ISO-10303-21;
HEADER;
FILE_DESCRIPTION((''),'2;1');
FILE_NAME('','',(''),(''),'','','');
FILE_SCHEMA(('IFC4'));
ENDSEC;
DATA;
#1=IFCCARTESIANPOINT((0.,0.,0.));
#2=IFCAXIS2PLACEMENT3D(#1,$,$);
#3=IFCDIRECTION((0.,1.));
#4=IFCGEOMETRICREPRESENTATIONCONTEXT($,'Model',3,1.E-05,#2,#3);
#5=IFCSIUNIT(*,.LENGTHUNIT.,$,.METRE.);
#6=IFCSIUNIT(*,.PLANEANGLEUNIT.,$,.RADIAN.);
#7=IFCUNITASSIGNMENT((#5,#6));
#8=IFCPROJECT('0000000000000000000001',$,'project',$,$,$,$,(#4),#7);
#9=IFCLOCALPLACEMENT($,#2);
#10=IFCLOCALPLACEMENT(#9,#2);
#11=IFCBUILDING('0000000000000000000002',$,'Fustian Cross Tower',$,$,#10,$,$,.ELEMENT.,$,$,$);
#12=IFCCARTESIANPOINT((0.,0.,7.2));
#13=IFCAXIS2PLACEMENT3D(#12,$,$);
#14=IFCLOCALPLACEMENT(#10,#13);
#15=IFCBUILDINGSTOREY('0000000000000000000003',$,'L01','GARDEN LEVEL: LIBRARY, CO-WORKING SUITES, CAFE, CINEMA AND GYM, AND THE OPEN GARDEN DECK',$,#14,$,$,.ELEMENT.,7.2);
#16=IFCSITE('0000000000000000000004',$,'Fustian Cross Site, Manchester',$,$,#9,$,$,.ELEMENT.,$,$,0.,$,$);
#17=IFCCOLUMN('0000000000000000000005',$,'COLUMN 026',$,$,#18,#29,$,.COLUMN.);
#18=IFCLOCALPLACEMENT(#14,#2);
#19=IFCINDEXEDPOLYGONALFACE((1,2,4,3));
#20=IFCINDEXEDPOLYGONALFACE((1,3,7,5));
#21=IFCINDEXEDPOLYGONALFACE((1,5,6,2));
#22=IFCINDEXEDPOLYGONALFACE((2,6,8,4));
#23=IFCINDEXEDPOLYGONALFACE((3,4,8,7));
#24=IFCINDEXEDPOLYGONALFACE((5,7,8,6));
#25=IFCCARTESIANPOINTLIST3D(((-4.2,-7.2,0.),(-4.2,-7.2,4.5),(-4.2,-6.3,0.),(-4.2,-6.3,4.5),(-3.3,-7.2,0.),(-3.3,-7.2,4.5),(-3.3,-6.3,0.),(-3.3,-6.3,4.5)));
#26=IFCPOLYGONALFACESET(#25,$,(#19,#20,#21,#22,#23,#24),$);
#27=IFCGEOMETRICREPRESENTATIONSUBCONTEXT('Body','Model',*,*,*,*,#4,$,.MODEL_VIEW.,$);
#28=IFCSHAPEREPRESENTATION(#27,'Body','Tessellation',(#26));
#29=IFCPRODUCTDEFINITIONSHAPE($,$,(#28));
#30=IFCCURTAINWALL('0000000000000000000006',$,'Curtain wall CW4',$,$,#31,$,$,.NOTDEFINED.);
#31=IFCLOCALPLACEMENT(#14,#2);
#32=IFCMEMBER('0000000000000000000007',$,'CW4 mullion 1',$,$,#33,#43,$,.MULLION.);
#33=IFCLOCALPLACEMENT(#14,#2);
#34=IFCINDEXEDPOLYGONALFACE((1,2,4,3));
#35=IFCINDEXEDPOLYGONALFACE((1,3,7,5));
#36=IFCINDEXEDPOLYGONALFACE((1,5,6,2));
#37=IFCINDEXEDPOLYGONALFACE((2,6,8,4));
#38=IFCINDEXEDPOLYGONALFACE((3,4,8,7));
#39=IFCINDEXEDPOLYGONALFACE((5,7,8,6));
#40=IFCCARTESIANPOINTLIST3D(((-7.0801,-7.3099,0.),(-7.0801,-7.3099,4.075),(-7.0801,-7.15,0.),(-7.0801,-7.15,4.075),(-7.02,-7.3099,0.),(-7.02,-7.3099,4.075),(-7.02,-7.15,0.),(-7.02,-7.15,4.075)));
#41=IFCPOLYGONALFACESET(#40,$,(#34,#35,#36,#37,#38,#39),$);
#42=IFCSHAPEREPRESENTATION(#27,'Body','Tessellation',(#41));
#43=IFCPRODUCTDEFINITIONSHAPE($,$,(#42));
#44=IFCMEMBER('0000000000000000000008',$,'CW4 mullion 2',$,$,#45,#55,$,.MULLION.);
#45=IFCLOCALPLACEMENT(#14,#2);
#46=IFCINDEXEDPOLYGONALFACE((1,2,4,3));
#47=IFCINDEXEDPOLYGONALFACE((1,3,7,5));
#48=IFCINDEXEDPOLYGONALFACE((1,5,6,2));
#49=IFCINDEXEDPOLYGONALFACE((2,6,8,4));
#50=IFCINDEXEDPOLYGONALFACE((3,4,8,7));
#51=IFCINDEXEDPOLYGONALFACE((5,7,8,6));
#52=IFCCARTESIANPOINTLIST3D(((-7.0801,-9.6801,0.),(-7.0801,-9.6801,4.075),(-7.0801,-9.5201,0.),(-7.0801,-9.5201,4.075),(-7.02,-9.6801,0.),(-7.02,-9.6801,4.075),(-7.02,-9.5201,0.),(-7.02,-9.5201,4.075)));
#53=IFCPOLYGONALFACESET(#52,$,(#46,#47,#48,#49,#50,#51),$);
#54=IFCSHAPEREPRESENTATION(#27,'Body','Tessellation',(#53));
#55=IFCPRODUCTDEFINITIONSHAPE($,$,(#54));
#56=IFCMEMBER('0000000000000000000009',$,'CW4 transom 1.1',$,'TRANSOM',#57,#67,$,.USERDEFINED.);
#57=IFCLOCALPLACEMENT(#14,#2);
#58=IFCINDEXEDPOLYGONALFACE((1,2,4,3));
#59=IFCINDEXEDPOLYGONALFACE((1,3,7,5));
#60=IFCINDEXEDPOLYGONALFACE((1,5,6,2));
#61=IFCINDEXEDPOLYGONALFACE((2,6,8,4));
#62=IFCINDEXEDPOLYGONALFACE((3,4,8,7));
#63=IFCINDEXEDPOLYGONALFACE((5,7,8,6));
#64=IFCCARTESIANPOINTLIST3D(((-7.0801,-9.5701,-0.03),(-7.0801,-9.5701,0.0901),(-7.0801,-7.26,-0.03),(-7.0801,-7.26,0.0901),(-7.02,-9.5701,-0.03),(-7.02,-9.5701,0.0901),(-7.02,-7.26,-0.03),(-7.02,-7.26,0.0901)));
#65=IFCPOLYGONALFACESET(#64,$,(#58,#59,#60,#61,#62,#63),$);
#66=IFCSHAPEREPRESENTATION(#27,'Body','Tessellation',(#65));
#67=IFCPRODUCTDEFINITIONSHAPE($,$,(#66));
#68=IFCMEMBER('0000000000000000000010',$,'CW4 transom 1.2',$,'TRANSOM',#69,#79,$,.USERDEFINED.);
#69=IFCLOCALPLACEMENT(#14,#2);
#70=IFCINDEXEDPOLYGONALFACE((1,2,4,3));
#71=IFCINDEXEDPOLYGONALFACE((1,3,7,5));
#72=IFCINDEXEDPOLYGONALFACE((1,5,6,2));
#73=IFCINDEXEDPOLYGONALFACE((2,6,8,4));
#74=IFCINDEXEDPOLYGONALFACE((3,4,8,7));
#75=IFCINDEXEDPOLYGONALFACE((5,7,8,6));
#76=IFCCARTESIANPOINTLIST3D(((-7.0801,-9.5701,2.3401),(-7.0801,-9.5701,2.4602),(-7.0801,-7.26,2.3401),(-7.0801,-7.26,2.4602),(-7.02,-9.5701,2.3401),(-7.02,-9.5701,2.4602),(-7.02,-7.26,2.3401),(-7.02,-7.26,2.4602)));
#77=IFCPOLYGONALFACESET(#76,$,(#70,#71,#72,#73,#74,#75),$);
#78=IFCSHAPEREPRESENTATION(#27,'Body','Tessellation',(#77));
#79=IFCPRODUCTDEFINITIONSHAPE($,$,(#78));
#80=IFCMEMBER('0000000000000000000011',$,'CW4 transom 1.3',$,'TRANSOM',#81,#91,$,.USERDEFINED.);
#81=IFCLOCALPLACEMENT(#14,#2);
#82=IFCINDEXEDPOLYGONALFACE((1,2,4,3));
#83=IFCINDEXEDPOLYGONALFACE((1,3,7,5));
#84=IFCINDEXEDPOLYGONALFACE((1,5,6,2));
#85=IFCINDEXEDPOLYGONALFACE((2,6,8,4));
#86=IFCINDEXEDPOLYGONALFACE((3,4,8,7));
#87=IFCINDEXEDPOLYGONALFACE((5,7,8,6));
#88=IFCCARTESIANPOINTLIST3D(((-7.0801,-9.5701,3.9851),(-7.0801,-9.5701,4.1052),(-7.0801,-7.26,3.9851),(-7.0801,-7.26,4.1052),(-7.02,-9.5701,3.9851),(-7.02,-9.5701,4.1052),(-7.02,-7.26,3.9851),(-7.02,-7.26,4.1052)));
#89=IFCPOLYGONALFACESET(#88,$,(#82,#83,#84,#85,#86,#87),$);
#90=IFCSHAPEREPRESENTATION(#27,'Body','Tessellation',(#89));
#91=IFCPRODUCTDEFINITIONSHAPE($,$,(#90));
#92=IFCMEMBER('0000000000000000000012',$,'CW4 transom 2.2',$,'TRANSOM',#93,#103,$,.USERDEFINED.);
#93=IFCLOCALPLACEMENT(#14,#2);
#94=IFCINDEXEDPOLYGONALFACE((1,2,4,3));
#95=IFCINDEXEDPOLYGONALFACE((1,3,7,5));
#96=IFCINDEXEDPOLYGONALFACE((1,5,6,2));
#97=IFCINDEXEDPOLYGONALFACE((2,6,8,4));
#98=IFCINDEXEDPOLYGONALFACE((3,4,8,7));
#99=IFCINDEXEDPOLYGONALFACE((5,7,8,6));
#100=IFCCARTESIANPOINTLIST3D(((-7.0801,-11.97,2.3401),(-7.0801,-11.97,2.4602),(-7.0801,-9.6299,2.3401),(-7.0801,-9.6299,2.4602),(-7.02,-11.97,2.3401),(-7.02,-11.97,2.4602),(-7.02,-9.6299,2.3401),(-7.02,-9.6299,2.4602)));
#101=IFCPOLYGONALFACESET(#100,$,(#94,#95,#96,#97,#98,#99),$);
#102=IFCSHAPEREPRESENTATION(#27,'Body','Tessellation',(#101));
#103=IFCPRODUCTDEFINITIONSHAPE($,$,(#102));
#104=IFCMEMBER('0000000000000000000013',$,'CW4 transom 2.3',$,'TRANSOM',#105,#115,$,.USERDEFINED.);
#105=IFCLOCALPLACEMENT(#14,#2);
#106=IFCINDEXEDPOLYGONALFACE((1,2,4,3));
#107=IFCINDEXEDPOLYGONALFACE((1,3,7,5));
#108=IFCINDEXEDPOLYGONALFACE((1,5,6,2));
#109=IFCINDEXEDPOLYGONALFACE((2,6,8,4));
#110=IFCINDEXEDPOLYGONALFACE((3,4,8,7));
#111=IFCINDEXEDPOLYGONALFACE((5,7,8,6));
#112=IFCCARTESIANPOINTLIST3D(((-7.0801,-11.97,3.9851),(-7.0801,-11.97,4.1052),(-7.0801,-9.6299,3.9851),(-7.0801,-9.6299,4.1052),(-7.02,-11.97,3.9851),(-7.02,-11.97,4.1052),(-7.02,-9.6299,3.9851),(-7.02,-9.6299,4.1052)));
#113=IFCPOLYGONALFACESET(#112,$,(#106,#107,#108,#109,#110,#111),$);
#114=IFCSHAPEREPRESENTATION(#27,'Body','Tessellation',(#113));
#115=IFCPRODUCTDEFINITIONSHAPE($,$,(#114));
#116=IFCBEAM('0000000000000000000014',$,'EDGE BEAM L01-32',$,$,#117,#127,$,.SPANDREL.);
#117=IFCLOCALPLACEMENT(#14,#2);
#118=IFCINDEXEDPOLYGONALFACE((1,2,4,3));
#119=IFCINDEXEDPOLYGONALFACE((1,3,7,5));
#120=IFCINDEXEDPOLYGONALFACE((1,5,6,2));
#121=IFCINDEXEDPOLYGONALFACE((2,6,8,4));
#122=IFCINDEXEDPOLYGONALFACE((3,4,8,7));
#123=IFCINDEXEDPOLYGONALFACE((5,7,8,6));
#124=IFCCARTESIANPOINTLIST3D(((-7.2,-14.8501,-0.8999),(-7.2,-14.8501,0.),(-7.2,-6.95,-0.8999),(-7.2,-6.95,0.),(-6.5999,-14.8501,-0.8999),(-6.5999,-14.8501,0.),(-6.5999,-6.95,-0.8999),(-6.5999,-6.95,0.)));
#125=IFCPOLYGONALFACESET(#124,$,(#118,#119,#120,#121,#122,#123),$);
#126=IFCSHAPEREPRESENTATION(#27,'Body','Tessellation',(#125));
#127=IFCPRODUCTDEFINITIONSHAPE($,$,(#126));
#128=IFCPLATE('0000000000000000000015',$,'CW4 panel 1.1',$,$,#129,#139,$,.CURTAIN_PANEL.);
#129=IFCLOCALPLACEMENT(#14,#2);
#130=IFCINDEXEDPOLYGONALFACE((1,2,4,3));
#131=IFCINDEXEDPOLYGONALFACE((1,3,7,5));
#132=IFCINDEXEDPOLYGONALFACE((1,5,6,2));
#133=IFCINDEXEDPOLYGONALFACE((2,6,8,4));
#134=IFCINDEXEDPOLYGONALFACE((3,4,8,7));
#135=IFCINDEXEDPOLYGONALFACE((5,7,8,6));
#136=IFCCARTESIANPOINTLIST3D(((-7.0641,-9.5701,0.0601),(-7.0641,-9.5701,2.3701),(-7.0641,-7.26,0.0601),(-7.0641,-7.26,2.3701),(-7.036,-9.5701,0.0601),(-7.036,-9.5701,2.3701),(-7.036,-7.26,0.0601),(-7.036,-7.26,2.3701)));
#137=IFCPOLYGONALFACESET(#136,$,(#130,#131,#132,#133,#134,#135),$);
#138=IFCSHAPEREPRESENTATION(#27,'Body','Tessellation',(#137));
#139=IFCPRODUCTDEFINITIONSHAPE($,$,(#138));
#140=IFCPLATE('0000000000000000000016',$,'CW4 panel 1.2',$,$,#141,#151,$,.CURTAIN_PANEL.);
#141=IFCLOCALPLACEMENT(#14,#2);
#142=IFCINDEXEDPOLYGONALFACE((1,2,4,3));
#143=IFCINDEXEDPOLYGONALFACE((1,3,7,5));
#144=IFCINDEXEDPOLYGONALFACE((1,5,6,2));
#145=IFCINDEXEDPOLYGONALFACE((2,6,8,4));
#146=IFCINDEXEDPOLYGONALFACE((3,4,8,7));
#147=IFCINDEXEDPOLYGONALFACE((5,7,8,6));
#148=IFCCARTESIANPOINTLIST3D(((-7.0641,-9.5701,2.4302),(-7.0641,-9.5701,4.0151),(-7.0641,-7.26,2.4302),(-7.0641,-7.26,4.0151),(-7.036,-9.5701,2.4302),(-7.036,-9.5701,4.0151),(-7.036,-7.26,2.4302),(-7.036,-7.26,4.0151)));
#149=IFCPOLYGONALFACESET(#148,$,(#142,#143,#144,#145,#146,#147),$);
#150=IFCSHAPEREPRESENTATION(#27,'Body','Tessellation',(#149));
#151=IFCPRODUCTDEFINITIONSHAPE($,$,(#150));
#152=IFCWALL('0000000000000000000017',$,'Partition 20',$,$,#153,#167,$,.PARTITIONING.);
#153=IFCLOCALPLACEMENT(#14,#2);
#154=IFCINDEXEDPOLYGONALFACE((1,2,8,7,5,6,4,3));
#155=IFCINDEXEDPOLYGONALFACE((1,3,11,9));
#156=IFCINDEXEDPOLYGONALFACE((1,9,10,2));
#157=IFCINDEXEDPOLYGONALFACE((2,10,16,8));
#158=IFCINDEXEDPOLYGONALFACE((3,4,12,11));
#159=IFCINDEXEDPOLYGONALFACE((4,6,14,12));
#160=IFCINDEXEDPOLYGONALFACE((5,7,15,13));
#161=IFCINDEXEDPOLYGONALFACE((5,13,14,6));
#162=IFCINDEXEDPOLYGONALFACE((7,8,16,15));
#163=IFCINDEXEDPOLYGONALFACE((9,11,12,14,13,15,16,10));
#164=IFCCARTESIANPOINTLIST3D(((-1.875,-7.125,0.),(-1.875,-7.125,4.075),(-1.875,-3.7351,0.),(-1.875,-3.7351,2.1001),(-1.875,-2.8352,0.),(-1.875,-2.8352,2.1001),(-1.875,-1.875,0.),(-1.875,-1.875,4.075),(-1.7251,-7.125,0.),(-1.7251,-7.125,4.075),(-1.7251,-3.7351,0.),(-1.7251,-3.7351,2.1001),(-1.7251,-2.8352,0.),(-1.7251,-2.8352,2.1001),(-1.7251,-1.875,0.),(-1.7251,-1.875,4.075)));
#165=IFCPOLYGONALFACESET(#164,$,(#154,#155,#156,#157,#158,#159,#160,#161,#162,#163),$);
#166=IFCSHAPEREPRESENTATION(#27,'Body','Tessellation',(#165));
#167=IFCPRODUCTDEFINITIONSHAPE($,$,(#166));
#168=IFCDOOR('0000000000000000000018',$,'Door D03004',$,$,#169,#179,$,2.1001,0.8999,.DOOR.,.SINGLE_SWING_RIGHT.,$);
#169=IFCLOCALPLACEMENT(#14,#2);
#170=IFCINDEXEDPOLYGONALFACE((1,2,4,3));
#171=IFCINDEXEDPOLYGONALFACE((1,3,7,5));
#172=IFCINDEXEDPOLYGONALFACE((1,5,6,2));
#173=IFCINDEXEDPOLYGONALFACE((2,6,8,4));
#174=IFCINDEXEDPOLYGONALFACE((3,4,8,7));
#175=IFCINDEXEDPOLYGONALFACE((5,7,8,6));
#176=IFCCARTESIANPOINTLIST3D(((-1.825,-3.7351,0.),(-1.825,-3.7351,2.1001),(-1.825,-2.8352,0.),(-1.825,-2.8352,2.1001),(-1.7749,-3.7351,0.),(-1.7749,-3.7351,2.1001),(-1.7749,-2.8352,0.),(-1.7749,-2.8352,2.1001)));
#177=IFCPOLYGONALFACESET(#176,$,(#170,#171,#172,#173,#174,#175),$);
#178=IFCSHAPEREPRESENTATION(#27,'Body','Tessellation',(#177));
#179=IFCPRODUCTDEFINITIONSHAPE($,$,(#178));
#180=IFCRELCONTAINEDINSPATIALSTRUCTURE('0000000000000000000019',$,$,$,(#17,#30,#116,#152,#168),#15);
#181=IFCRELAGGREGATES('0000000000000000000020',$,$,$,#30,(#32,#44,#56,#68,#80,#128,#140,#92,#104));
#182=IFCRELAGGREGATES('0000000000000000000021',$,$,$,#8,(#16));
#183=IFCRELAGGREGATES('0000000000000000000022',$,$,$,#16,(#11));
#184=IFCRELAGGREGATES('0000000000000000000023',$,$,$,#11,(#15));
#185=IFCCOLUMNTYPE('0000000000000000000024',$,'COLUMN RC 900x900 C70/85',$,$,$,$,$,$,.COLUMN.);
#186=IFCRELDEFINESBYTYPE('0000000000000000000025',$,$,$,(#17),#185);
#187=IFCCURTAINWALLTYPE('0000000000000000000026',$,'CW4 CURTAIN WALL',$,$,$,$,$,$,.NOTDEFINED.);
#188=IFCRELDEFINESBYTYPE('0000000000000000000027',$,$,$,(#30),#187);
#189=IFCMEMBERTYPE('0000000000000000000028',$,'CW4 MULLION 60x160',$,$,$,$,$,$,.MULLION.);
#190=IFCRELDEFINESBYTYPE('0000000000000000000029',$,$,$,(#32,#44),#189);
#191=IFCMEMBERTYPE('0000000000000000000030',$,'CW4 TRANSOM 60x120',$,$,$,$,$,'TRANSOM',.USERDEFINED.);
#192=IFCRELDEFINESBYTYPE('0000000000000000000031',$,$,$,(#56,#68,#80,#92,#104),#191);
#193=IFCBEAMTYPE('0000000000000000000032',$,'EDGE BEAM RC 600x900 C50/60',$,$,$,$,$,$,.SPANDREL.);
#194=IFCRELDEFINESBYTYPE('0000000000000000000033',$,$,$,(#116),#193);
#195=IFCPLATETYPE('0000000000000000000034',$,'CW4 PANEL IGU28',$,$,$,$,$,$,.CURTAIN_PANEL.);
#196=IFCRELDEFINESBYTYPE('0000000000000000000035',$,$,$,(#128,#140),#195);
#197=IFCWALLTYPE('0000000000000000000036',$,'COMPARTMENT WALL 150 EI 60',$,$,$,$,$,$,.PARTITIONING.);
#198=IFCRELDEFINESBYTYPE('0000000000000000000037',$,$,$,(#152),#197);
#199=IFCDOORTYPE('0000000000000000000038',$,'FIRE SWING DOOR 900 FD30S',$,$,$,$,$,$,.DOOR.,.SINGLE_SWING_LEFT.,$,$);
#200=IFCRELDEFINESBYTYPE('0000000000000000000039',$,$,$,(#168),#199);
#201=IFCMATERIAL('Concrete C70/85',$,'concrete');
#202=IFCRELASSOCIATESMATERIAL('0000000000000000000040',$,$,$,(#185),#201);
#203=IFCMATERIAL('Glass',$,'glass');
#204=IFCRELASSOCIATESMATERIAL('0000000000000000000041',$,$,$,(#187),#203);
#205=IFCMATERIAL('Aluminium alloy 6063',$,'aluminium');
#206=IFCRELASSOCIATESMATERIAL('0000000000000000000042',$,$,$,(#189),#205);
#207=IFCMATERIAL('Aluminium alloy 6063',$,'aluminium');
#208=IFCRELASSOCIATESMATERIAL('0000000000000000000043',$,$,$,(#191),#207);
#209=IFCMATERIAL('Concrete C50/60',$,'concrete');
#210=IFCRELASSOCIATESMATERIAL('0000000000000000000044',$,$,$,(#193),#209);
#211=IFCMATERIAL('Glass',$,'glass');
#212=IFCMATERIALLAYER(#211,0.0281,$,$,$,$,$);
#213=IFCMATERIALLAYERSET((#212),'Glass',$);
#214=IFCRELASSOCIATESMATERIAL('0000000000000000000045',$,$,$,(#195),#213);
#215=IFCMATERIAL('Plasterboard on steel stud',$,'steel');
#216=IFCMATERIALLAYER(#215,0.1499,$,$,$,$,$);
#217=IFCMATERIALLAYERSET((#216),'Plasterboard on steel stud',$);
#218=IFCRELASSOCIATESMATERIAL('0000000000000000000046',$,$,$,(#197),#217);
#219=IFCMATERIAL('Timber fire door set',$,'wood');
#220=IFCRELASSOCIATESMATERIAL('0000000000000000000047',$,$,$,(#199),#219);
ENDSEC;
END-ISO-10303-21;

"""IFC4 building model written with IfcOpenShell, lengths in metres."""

from ifc_helpers import new_model, si_unit, direction, frame, frame_2d, origin, origin_2d, place, context, subcontext, project, spatial, rectangle, extrude, material, layer, layer_set, material_profile, profile_set, type_object, element, fill, aggregate, save


model = new_model("IFC4")

# Units and contexts
model_context = context("Model", 3, precision=1e-05, world=origin(), true_north=direction((0.0, 1.0)))
body_context = subcontext(model_context, "Body", "Model", "MODEL_VIEW")
ifc_project = project(units=[si_unit("LENGTHUNIT", "METRE"), si_unit("PLANEANGLEUNIT", "RADIAN")], contexts=[model_context])

# Site, building, storey
site_placement = place(None, origin())
site = spatial("IfcSite", under=ifc_project, at=site_placement, Name="Fustian Cross Site, Manchester", CompositionType="ELEMENT", RefElevation=0.0)
building_placement = place(site_placement, origin())
building = spatial("IfcBuilding", under=site, at=building_placement, Name="Fustian Cross Tower", CompositionType="ELEMENT")
storey_placement = place(building_placement, frame((0.0, 0.0, 7.2)))
storey = spatial("IfcBuildingStorey", under=building, at=storey_placement, Name="L01", Description="GARDEN LEVEL: LIBRARY, CO-WORKING SUITES, CAFE, CINEMA AND GYM, AND THE OPEN GARDEN DECK", CompositionType="ELEMENT", Elevation=7.2)

# Column
ifc_material_1 = material(Name="Concrete C70/85", Category="concrete")
ifc_material_profile_1 = material_profile(ifc_material_1, rectangle(XDim=0.8999, YDim=0.8999, at=origin_2d()), Name="RC 900x900")
ifc_profile_set_1 = profile_set([ifc_material_profile_1], Name="Concrete C70/85")
column_type = type_object("IfcColumnType", Name="COLUMN RC 900x900 C70/85", PredefinedType="COLUMN", material=ifc_profile_set_1)
column_placement = place(storey_placement, frame((-3.75, -6.75, 0.0), z_axis=(0.0, 0.0, 1.0), x_axis=(1.0, 0.0, 0.0)))
element("IfcColumn", 1, at=column_placement, inside=storey, type_object=column_type, Name="COLUMN 026", PredefinedType="COLUMN", context=body_context, shape_type="SweptSolid", body=[
    extrude(rectangle(XDim=0.8999, YDim=0.8999, at=origin_2d()), origin(), (0.0, 0.0, 1.0), 4.5),
])

# Curtain wall, members
ifc_material_2 = material(Name="Glass", Category="glass")
curtain_wall_type = type_object("IfcCurtainWallType", Name="CW4 CURTAIN WALL", PredefinedType="NOTDEFINED", material=ifc_material_2)
curtain_wall_placement = place(storey_placement, origin())
curtain_wall = element("IfcCurtainWall", 2, at=curtain_wall_placement, inside=storey, type_object=curtain_wall_type, Name="Curtain wall CW4", PredefinedType="NOTDEFINED")
ifc_material_3 = material(Name="Aluminium alloy 6063", Category="aluminium")
ifc_material_profile_2 = material_profile(ifc_material_3, rectangle(XDim=0.0601, YDim=0.1599, at=origin_2d()), Name="CW4 MULLION 60x160")
ifc_profile_set_2 = profile_set([ifc_material_profile_2], Name="Aluminium alloy 6063")
member_type_1 = type_object("IfcMemberType", Name="CW4 MULLION 60x160", PredefinedType="MULLION", material=ifc_profile_set_2)
member_1_placement = place(storey_placement, frame((-7.05, -7.23, 0.0), z_axis=(0.0, 0.0, 1.0), x_axis=(1.0, 0.0, 0.0)))
member_1 = element("IfcMember", 3, at=member_1_placement, type_object=member_type_1, Name="CW4 mullion 1", PredefinedType="MULLION", context=body_context, shape_type="SweptSolid", body=[
    extrude(rectangle(XDim=0.0601, YDim=0.1599, at=origin_2d()), origin(), (0.0, 0.0, 1.0), 4.075),
])
member_2_placement = place(storey_placement, frame((-7.05, -9.6001, 0.0), z_axis=(0.0, 0.0, 1.0), x_axis=(1.0, 0.0, 0.0)))
member_2 = element("IfcMember", 4, at=member_2_placement, type_object=member_type_1, Name="CW4 mullion 2", PredefinedType="MULLION", context=body_context, shape_type="SweptSolid", body=[
    extrude(rectangle(XDim=0.0601, YDim=0.1599, at=origin_2d()), origin(), (0.0, 0.0, 1.0), 4.075),
])
ifc_material_4 = material(Name="Aluminium alloy 6063", Category="aluminium")
ifc_material_profile_3 = material_profile(ifc_material_4, rectangle(XDim=0.0601, YDim=0.1201, at=origin_2d()), Name="CW4 TRANSOM 60x120")
ifc_profile_set_3 = profile_set([ifc_material_profile_3], Name="Aluminium alloy 6063")
member_type_2 = type_object("IfcMemberType", Name="CW4 TRANSOM 60x120", ElementType="TRANSOM", PredefinedType="USERDEFINED", material=ifc_profile_set_3)
member_3_placement = place(storey_placement, frame((-7.05, -7.26, 0.03), z_axis=(0.0, -1.0, 0.0), x_axis=(1.0, 0.0, 0.0)))
member_3 = element("IfcMember", 5, at=member_3_placement, type_object=member_type_2, Name="CW4 transom 1.1", ObjectType="TRANSOM", PredefinedType="USERDEFINED", context=body_context, shape_type="SweptSolid", body=[
    extrude(rectangle(XDim=0.0601, YDim=0.1201, at=origin_2d()), origin(), (0.0, 0.0, 1.0), 2.3101),
])
member_4_placement = place(storey_placement, frame((-7.05, -7.26, 2.4001), z_axis=(0.0, -1.0, 0.0), x_axis=(1.0, 0.0, 0.0)))
member_4 = element("IfcMember", 6, at=member_4_placement, type_object=member_type_2, Name="CW4 transom 1.2", ObjectType="TRANSOM", PredefinedType="USERDEFINED", context=body_context, shape_type="SweptSolid", body=[
    extrude(rectangle(XDim=0.0601, YDim=0.1201, at=origin_2d()), origin(), (0.0, 0.0, 1.0), 2.3101),
])
member_5_placement = place(storey_placement, frame((-7.05, -7.26, 4.0452), z_axis=(0.0, -1.0, 0.0), x_axis=(1.0, 0.0, 0.0)))
member_5 = element("IfcMember", 7, at=member_5_placement, type_object=member_type_2, Name="CW4 transom 1.3", ObjectType="TRANSOM", PredefinedType="USERDEFINED", context=body_context, shape_type="SweptSolid", body=[
    extrude(rectangle(XDim=0.0601, YDim=0.1201, at=origin_2d()), origin(), (0.0, 0.0, 1.0), 2.3101),
])
member_6_placement = place(storey_placement, frame((-7.05, -9.6299, 2.4001), z_axis=(0.0, -1.0, 0.0), x_axis=(1.0, 0.0, 0.0)))
member_6 = element("IfcMember", 8, at=member_6_placement, type_object=member_type_2, Name="CW4 transom 2.2", ObjectType="TRANSOM", PredefinedType="USERDEFINED", context=body_context, shape_type="SweptSolid", body=[
    extrude(rectangle(XDim=0.0601, YDim=0.1201, at=origin_2d()), origin(), (0.0, 0.0, 1.0), 2.3401),
])
member_7_placement = place(storey_placement, frame((-7.05, -9.6299, 4.0452), z_axis=(0.0, -1.0, 0.0), x_axis=(1.0, 0.0, 0.0)))
member_7 = element("IfcMember", 9, at=member_7_placement, type_object=member_type_2, Name="CW4 transom 2.3", ObjectType="TRANSOM", PredefinedType="USERDEFINED", context=body_context, shape_type="SweptSolid", body=[
    extrude(rectangle(XDim=0.0601, YDim=0.1201, at=origin_2d()), origin(), (0.0, 0.0, 1.0), 2.3401),
])

# Beam
ifc_material_5 = material(Name="Concrete C50/60", Category="concrete")
ifc_material_profile_4 = material_profile(ifc_material_5, rectangle(XDim=0.6001, YDim=0.8999, at=origin_2d()), Name="RC 600x900")
ifc_profile_set_4 = profile_set([ifc_material_profile_4], Name="Concrete C50/60")
beam_type = type_object("IfcBeamType", Name="EDGE BEAM RC 600x900 C50/60", PredefinedType="SPANDREL", material=ifc_profile_set_4)
beam_placement = place(storey_placement, frame((-6.8999, -6.95, -0.45), z_axis=(0.0, -1.0, 0.0), x_axis=(1.0, 0.0, 0.0)))
element("IfcBeam", 10, at=beam_placement, inside=storey, type_object=beam_type, Name="EDGE BEAM L01-32", PredefinedType="SPANDREL", context=body_context, shape_type="SweptSolid", body=[
    extrude(rectangle(XDim=0.6001, YDim=0.8999, at=origin_2d()), origin(), (0.0, 0.0, 1.0), 7.9001),
])

# Plates
ifc_material_6 = material(Name="Glass", Category="glass")
ifc_layer_1 = layer(ifc_material_6, 0.0281)
ifc_layer_set_1 = layer_set([ifc_layer_1], Name="Glass")
plate_type = type_object("IfcPlateType", Name="CW4 PANEL IGU28", PredefinedType="CURTAIN_PANEL", material=ifc_layer_set_1)
plate_1_placement = place(storey_placement, frame((-7.05, -8.415, 0.0601), z_axis=(0.0, 0.0, 1.0), x_axis=(0.0, -1.0, 0.0)))
plate_1 = element("IfcPlate", 11, at=plate_1_placement, type_object=plate_type, Name="CW4 panel 1.1", PredefinedType="CURTAIN_PANEL", context=body_context, shape_type="SweptSolid", body=[
    extrude(rectangle(XDim=2.3101, YDim=0.0281, at=origin_2d()), origin(), (0.0, 0.0, 1.0), 2.3101),
])
plate_2_placement = place(storey_placement, frame((-7.05, -8.415, 2.4302), z_axis=(0.0, 0.0, 1.0), x_axis=(0.0, -1.0, 0.0)))
plate_2 = element("IfcPlate", 12, at=plate_2_placement, type_object=plate_type, Name="CW4 panel 1.2", PredefinedType="CURTAIN_PANEL", context=body_context, shape_type="SweptSolid", body=[
    extrude(rectangle(XDim=2.3101, YDim=0.0281, at=origin_2d()), origin(), (0.0, 0.0, 1.0), 1.585),
])
aggregate(curtain_wall, [member_1, member_2, member_3, member_4, member_5, plate_1, plate_2, member_6, member_7])

# Wall, opening, door
ifc_material_7 = material(Name="Plasterboard on steel stud", Category="steel")
ifc_layer_2 = layer(ifc_material_7, 0.1499)
ifc_layer_set_2 = layer_set([ifc_layer_2], Name="Plasterboard on steel stud")
wall_type_1 = type_object("IfcWallType", Name="COMPARTMENT WALL 150 EI 60", PredefinedType="PARTITIONING", material=ifc_layer_set_2)
wall_1_placement = place(storey_placement, frame((-1.8, -7.125, 0.0), z_axis=(0.0, 0.0, 1.0), x_axis=(0.0, 1.0, 0.0)))
wall_1 = element("IfcWall", 13, at=wall_1_placement, inside=storey, type_object=wall_type_1, Name="Partition 20", PredefinedType="PARTITIONING", context=body_context, shape_type="SweptSolid", body=[
    extrude(rectangle(XDim=5.25, YDim=0.1499, at=frame_2d((2.625, 0.0))), origin(), (0.0, 0.0, 1.0), 4.075),
])
opening_1_placement = place(wall_1_placement, frame((3.3899, 0.0, 0.0)))
opening_1 = element("IfcOpeningElement", 14, at=opening_1_placement, cuts=wall_1, PredefinedType="OPENING", context=body_context, shape_type="SweptSolid", body=[
    extrude(rectangle(XDim=0.8999, YDim=2.1001, at=frame_2d((0.45, 1.05))), frame((0.0, 0.085, 0.0), z_axis=(0.0, -1.0, 0.0), x_axis=(1.0, 0.0, 0.0)), (0.0, 0.0, 1.0), 0.1699),
])
ifc_material_8 = material(Name="Timber fire door set", Category="wood")
door_type_1 = type_object("IfcDoorType", Name="FIRE SWING DOOR 900 FD30S", OperationType="SINGLE_SWING_LEFT", PredefinedType="DOOR", material=ifc_material_8)
door_1_placement = place(opening_1_placement, origin())
door_1 = element("IfcDoor", 15, at=door_1_placement, inside=storey, type_object=door_type_1, Name="Door D03004", OperationType="SINGLE_SWING_RIGHT", OverallHeight=2.1001, OverallWidth=0.8999, PredefinedType="DOOR", context=body_context, shape_type="SweptSolid", body=[
    extrude(rectangle(XDim=0.8999, YDim=2.1001, at=frame_2d((0.45, 1.05))), frame((0.0, 0.0249, 0.0), z_axis=(0.0, -1.0, 0.0), x_axis=(1.0, 0.0, 0.0)), (0.0, 0.0, 1.0), 0.05),
])
fill(opening_1, door_1)

save(model, "model.ifc")
